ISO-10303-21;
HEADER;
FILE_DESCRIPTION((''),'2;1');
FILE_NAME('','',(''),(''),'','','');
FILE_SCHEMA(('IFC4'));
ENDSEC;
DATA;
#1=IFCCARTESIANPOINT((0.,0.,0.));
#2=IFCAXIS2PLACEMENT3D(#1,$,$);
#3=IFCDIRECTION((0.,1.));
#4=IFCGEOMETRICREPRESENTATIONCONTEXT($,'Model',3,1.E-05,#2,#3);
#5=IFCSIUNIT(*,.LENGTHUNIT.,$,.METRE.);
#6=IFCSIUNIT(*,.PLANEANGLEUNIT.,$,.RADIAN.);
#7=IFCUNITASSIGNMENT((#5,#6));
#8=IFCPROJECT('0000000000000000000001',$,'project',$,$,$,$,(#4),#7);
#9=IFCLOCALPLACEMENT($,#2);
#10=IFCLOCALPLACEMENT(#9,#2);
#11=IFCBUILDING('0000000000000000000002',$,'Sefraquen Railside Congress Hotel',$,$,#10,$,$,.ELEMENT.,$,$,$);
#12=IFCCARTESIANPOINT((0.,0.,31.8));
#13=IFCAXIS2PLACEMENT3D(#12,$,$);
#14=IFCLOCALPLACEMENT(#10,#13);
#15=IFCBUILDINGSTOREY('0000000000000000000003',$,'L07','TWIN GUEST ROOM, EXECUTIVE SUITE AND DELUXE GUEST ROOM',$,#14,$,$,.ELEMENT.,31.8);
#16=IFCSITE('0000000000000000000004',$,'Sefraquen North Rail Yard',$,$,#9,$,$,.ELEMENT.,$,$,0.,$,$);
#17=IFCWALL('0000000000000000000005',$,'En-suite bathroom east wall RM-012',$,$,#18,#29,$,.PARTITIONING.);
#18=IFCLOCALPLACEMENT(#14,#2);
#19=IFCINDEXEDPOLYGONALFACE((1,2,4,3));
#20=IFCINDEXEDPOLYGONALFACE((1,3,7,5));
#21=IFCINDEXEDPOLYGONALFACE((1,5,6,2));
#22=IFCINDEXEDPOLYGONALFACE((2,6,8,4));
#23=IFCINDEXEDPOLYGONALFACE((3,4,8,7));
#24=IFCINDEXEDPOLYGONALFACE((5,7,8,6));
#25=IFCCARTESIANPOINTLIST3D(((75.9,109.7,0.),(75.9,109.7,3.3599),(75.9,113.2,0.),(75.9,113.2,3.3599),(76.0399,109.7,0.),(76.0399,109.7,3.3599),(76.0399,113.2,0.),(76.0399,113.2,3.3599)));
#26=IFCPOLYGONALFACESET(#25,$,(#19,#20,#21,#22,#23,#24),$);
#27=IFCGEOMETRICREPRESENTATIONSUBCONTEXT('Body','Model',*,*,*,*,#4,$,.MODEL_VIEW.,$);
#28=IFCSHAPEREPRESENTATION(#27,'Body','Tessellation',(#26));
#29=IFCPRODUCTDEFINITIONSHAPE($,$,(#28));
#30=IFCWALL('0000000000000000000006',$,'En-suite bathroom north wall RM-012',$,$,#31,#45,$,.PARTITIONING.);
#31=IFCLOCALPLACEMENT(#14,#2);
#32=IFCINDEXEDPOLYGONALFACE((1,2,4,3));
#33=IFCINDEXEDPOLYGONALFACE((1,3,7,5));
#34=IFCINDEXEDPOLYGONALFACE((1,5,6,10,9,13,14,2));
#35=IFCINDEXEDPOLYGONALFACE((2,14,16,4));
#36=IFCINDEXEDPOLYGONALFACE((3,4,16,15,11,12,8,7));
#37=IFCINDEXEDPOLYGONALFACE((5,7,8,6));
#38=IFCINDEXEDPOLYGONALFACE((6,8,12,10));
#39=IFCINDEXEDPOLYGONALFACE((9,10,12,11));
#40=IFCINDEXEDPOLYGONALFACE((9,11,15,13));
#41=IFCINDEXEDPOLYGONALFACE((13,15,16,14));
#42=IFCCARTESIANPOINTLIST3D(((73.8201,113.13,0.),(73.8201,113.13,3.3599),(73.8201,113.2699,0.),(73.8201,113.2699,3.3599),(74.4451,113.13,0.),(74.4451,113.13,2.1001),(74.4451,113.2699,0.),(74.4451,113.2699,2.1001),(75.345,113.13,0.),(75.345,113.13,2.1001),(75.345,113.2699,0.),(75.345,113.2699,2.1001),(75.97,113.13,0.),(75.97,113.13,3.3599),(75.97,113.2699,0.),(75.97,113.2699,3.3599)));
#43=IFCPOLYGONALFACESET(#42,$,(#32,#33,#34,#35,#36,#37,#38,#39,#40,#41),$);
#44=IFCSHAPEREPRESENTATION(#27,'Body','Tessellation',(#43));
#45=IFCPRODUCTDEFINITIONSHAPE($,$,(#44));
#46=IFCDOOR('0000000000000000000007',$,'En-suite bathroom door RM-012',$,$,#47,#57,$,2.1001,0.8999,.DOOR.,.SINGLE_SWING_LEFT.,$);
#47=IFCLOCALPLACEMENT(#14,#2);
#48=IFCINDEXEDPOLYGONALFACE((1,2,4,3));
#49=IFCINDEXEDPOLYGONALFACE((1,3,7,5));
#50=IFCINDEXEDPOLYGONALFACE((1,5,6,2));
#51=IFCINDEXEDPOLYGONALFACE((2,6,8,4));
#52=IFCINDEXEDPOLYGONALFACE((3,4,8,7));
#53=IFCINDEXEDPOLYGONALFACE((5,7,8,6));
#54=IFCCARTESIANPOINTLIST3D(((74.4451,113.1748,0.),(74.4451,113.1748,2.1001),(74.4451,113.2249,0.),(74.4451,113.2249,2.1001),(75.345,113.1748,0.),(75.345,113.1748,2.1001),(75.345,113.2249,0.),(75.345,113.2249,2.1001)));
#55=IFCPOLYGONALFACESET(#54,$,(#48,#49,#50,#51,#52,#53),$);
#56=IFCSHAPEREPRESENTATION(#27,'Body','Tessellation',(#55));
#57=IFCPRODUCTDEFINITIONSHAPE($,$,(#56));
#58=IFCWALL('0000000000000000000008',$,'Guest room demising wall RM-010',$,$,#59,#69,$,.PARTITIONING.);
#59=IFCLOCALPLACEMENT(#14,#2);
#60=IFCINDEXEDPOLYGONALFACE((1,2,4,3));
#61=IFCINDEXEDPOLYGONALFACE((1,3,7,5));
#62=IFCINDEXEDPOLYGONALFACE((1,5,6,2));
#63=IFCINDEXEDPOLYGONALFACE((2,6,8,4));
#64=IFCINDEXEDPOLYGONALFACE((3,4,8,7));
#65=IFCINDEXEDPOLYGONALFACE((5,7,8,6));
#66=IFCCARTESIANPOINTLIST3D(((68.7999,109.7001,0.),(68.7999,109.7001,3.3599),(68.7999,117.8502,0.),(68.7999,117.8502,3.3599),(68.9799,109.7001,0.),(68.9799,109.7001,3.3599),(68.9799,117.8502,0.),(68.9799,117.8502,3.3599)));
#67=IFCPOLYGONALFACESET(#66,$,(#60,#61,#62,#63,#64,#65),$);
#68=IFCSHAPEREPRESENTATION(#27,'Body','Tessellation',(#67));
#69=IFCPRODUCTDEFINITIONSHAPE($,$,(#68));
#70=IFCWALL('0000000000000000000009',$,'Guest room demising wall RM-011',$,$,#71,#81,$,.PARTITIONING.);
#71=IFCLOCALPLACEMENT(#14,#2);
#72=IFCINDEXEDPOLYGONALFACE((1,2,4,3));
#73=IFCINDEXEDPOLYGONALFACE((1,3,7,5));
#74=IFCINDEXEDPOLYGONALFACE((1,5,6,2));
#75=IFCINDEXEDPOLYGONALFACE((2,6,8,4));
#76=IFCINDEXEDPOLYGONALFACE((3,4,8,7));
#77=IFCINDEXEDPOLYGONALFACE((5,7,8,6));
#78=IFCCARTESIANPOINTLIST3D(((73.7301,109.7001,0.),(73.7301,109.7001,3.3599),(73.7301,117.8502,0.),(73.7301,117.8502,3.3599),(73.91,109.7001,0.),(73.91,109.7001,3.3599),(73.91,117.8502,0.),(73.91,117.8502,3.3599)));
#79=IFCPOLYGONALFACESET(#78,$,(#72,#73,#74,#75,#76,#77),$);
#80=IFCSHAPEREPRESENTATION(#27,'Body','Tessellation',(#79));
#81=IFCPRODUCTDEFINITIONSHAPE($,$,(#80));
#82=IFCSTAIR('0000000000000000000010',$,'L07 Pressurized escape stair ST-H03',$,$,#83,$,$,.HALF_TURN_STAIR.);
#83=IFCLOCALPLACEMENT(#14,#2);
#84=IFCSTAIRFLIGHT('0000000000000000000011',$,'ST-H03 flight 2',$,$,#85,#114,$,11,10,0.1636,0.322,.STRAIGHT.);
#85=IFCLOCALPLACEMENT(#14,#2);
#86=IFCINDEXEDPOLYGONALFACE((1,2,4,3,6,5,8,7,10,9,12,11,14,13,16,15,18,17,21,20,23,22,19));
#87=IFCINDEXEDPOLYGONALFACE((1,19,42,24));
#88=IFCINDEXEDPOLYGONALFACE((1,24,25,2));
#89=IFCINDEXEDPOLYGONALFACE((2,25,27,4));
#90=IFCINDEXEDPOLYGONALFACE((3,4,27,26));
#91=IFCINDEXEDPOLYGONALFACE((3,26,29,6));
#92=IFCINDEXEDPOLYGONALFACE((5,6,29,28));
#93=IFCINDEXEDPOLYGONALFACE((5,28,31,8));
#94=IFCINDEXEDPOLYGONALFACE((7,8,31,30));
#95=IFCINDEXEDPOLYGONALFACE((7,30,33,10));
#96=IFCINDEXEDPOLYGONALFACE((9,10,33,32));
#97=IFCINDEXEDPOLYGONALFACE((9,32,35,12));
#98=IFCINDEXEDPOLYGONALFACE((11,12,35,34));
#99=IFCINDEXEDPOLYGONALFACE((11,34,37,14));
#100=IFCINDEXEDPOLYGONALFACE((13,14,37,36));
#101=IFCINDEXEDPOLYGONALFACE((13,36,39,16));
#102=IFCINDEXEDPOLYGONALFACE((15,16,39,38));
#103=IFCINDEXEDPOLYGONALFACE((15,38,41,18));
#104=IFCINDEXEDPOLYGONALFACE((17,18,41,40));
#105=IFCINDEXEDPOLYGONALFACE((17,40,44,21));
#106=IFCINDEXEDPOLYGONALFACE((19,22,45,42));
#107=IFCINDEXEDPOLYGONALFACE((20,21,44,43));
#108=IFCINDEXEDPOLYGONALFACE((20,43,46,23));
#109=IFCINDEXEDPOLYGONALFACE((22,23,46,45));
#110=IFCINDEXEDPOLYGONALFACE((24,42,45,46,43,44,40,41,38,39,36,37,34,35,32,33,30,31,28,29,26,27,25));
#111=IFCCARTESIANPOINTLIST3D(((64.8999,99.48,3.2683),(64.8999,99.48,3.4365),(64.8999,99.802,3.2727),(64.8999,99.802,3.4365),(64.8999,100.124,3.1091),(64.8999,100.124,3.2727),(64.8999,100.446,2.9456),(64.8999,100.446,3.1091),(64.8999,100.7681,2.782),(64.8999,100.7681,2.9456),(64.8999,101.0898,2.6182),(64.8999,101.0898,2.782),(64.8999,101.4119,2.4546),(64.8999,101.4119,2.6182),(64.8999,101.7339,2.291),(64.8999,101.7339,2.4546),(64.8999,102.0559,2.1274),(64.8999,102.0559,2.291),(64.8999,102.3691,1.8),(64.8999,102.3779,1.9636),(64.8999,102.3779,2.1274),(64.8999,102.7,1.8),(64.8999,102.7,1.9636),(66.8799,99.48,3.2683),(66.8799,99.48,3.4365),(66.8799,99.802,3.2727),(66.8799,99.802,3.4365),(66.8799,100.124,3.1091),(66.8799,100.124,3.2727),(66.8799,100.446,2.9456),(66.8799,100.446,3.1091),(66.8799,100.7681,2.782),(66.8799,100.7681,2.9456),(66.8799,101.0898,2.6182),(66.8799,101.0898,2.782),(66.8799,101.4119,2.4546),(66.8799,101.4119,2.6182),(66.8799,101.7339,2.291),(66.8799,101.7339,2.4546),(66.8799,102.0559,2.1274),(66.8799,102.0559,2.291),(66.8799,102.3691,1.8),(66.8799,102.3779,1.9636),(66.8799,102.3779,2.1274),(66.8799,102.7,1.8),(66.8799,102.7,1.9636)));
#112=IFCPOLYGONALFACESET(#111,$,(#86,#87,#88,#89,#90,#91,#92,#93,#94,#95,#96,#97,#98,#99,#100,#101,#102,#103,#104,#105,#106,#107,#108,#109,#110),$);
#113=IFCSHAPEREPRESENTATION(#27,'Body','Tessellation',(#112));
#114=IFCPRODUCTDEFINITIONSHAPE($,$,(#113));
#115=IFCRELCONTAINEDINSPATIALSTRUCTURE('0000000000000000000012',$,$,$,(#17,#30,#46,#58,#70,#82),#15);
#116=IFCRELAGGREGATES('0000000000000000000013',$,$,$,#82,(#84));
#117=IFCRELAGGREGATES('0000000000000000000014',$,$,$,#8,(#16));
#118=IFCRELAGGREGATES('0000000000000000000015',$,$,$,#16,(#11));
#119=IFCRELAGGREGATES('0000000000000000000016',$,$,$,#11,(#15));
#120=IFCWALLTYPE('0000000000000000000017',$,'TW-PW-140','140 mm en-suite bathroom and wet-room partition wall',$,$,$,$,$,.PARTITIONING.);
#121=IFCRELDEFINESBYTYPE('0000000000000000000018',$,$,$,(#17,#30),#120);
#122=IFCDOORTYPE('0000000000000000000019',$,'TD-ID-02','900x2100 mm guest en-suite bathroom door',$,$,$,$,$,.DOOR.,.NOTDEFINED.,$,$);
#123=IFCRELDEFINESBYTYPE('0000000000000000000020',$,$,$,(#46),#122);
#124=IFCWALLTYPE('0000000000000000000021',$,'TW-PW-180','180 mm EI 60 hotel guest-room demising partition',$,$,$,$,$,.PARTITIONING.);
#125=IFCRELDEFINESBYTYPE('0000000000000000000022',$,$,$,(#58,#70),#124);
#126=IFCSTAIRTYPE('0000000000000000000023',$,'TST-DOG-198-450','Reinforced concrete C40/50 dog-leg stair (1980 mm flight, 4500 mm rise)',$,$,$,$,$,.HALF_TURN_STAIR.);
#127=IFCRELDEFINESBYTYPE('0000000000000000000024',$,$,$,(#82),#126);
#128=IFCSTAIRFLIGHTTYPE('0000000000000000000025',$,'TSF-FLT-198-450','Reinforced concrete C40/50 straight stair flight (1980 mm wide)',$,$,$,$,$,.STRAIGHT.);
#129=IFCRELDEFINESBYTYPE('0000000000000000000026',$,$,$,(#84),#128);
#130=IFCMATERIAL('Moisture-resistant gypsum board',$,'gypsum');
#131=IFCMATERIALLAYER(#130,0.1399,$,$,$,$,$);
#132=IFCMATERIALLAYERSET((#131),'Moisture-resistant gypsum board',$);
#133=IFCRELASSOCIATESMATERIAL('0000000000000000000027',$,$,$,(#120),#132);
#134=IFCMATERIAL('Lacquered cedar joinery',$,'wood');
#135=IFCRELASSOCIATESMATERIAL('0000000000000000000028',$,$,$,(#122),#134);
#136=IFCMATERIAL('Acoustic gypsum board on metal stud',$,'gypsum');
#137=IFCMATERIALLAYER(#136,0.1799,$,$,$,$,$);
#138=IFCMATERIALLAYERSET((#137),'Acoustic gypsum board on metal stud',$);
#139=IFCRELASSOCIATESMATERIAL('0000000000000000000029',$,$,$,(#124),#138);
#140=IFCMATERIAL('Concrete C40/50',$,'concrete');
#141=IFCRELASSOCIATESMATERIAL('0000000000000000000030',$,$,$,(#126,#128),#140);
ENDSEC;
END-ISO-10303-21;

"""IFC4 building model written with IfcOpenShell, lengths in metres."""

from ifc_helpers import new_model, si_unit, direction, frame, frame_2d, origin, place, context, subcontext, project, spatial, polyline, rectangle, outline, extrude, material, layer, layer_set, type_object, element, fill, aggregate, save


model = new_model("IFC4")

# Units and contexts
model_context = context("Model", 3, precision=1e-05, world=origin(), true_north=direction((0.0, 1.0)))
body_context = subcontext(model_context, "Body", "Model", "MODEL_VIEW")
ifc_project = project(units=[si_unit("LENGTHUNIT", "METRE"), si_unit("PLANEANGLEUNIT", "RADIAN")], contexts=[model_context])

# Site, building, storey
site_placement = place(None, origin())
site = spatial("IfcSite", under=ifc_project, at=site_placement, Name="Sefraquen North Rail Yard", CompositionType="ELEMENT", RefElevation=0.0)
building_placement = place(site_placement, origin())
building = spatial("IfcBuilding", under=site, at=building_placement, Name="Sefraquen Railside Congress Hotel", CompositionType="ELEMENT")
storey_placement = place(building_placement, frame((0.0, 0.0, 31.8)))
storey = spatial("IfcBuildingStorey", under=building, at=storey_placement, Name="L07", Description="TWIN GUEST ROOM, EXECUTIVE SUITE AND DELUXE GUEST ROOM", CompositionType="ELEMENT", Elevation=31.8)

# Shared definitions
ifc_material_1 = material(Name="Concrete C40/50", Category="concrete")

# Shared definitions
ifc_material_2 = material(Name="Moisture-resistant gypsum board", Category="gypsum")
ifc_layer_1 = layer(ifc_material_2, 0.1399)
ifc_layer_set_1 = layer_set([ifc_layer_1], Name="Moisture-resistant gypsum board")
wall_type_1 = type_object("IfcWallType", Name="TW-PW-140", Description="140 mm en-suite bathroom and wet-room partition wall", PredefinedType="PARTITIONING", material=ifc_layer_set_1)

# Shared definitions
ifc_material_3 = material(Name="Lacquered cedar joinery", Category="wood")
door_type_1 = type_object("IfcDoorType", Name="TD-ID-02", Description="900x2100 mm guest en-suite bathroom door", OperationType="NOTDEFINED", PredefinedType="DOOR", material=ifc_material_3)

# Wall
wall_1_placement = place(storey_placement, frame((75.97, 109.7, 0.0), z_axis=(0.0, 0.0, 1.0), x_axis=(0.0, 1.0, 0.0)))
element("IfcWall", 1, at=wall_1_placement, inside=storey, type_object=wall_type_1, Name="En-suite bathroom east wall RM-012", PredefinedType="PARTITIONING", context=body_context, shape_type="SweptSolid", body=[
    extrude(rectangle(XDim=3.5, YDim=0.1399, at=frame_2d((1.75, 0.0))), origin(), (0.0, 0.0, 1.0), 3.3599),
])

# Wall, opening, door
wall_2_placement = place(storey_placement, frame((73.8201, 113.2, 0.0), z_axis=(0.0, 0.0, 1.0), x_axis=(1.0, 0.0, 0.0)))
wall_2 = element("IfcWall", 2, at=wall_2_placement, inside=storey, type_object=wall_type_1, Name="En-suite bathroom north wall RM-012", PredefinedType="PARTITIONING", context=body_context, shape_type="SweptSolid", body=[
    extrude(rectangle(XDim=2.1499, YDim=0.1399, at=frame_2d((1.075, 0.0))), origin(), (0.0, 0.0, 1.0), 3.3599),
])
opening_1_placement = place(wall_2_placement, frame((0.625, 0.0, 0.0)))
opening_1 = element("IfcOpeningElement", 3, at=opening_1_placement, cuts=wall_2, PredefinedType="OPENING", context=body_context, shape_type="SweptSolid", body=[
    extrude(rectangle(XDim=0.8999, YDim=2.1001, at=frame_2d((0.45, 1.05))), frame((0.0, 0.0798, 0.0), z_axis=(0.0, -1.0, 0.0), x_axis=(1.0, 0.0, 0.0)), (0.0, 0.0, 1.0), 0.1599),
])
door_1_placement = place(opening_1_placement, origin())
door_1 = element("IfcDoor", 4, at=door_1_placement, inside=storey, type_object=door_type_1, Name="En-suite bathroom door RM-012", OperationType="SINGLE_SWING_LEFT", OverallHeight=2.1001, OverallWidth=0.8999, PredefinedType="DOOR", context=body_context, shape_type="SweptSolid", body=[
    extrude(rectangle(XDim=0.8999, YDim=2.1001, at=frame_2d((0.45, 1.05))), frame((0.0, 0.0249, 0.0), z_axis=(0.0, -1.0, 0.0), x_axis=(1.0, 0.0, 0.0)), (0.0, 0.0, 1.0), 0.05),
])
fill(opening_1, door_1)

# Walls
ifc_material_4 = material(Name="Acoustic gypsum board on metal stud", Category="gypsum")
ifc_layer_2 = layer(ifc_material_4, 0.1799)
ifc_layer_set_2 = layer_set([ifc_layer_2], Name="Acoustic gypsum board on metal stud")
wall_type_2 = type_object("IfcWallType", Name="TW-PW-180", Description="180 mm EI 60 hotel guest-room demising partition", PredefinedType="PARTITIONING", material=ifc_layer_set_2)
for number, where, z_axis, x_axis, name in (
    (5, (68.8899, 109.7, 0.0), (0.0, 0.0, 1.0), (0.0, 1.0, 0.0), "Guest room demising wall RM-010"),
    (6, (73.8201, 109.7, 0.0), (0.0, 0.0, 1.0), (0.0, 1.0, 0.0), "Guest room demising wall RM-011"),
):
    element("IfcWall", number, at=place(storey_placement, frame(where, z_axis=z_axis, x_axis=x_axis)), inside=storey, type_object=wall_type_2, Name=name, PredefinedType="PARTITIONING", context=body_context, shape_type="SweptSolid", body=[
        extrude(rectangle(XDim=8.1501, YDim=0.1799, at=frame_2d((4.0752, 0.0))), origin(), (0.0, 0.0, 1.0), 3.3599),
    ])

# Stair, stair flight
stair_type = type_object("IfcStairType", Name="TST-DOG-198-450", Description="Reinforced concrete C40/50 dog-leg stair (1980 mm flight, 4500 mm rise)", PredefinedType="HALF_TURN_STAIR", material=ifc_material_1)
stair_placement = place(storey_placement, origin())
stair = element("IfcStair", 7, at=stair_placement, inside=storey, type_object=stair_type, Name="L07 Pressurized escape stair ST-H03", PredefinedType="HALF_TURN_STAIR")
stair_flight_type = type_object("IfcStairFlightType", Name="TSF-FLT-198-450", Description="Reinforced concrete C40/50 straight stair flight (1980 mm wide)", PredefinedType="STRAIGHT", material=ifc_material_1)
stair_flight_placement = place(storey_placement, frame((65.8899, 102.7, 1.8), z_axis=(0.0, 0.0, 1.0), x_axis=(0.0, -1.0, 0.0)))
stair_flight = element("IfcStairFlight", 8, at=stair_flight_placement, type_object=stair_flight_type, Name="ST-H03 flight 2", NumberOfRisers=11, NumberOfTreads=10, PredefinedType="STRAIGHT", RiserHeight=0.1636, TreadLength=0.322, context=body_context, shape_type="SweptSolid", body=[
    extrude(outline(polyline([(0.0, 0.0), (0.0, 0.1636), (0.322, 0.1636), (0.322, 0.3274), (0.644, 0.3274), (0.644, 0.491), (0.9661, 0.491), (0.9661, 0.6545), (1.2881, 0.6545), (1.2881, 0.8181), (1.6101, 0.8181), (1.6101, 0.9819), (1.9319, 0.9819), (1.9319, 1.1455), (2.2539, 1.1455), (2.2539, 1.3091), (2.5759, 1.3091), (2.5759, 1.4727), (2.8979, 1.4727), (2.8979, 1.6365), (3.22, 1.6365), (3.22, 1.8), (3.22, 1.4683), (0.3308, 0.0), (0.0, 0.0)])), frame((0.0, 0.99, 0.0), z_axis=(0.0, -1.0, 0.0), x_axis=(1.0, 0.0, 0.0)), (0.0, 0.0, 1.0), 1.98),
])
aggregate(stair, [stair_flight])

save(model, "model.ifc")
